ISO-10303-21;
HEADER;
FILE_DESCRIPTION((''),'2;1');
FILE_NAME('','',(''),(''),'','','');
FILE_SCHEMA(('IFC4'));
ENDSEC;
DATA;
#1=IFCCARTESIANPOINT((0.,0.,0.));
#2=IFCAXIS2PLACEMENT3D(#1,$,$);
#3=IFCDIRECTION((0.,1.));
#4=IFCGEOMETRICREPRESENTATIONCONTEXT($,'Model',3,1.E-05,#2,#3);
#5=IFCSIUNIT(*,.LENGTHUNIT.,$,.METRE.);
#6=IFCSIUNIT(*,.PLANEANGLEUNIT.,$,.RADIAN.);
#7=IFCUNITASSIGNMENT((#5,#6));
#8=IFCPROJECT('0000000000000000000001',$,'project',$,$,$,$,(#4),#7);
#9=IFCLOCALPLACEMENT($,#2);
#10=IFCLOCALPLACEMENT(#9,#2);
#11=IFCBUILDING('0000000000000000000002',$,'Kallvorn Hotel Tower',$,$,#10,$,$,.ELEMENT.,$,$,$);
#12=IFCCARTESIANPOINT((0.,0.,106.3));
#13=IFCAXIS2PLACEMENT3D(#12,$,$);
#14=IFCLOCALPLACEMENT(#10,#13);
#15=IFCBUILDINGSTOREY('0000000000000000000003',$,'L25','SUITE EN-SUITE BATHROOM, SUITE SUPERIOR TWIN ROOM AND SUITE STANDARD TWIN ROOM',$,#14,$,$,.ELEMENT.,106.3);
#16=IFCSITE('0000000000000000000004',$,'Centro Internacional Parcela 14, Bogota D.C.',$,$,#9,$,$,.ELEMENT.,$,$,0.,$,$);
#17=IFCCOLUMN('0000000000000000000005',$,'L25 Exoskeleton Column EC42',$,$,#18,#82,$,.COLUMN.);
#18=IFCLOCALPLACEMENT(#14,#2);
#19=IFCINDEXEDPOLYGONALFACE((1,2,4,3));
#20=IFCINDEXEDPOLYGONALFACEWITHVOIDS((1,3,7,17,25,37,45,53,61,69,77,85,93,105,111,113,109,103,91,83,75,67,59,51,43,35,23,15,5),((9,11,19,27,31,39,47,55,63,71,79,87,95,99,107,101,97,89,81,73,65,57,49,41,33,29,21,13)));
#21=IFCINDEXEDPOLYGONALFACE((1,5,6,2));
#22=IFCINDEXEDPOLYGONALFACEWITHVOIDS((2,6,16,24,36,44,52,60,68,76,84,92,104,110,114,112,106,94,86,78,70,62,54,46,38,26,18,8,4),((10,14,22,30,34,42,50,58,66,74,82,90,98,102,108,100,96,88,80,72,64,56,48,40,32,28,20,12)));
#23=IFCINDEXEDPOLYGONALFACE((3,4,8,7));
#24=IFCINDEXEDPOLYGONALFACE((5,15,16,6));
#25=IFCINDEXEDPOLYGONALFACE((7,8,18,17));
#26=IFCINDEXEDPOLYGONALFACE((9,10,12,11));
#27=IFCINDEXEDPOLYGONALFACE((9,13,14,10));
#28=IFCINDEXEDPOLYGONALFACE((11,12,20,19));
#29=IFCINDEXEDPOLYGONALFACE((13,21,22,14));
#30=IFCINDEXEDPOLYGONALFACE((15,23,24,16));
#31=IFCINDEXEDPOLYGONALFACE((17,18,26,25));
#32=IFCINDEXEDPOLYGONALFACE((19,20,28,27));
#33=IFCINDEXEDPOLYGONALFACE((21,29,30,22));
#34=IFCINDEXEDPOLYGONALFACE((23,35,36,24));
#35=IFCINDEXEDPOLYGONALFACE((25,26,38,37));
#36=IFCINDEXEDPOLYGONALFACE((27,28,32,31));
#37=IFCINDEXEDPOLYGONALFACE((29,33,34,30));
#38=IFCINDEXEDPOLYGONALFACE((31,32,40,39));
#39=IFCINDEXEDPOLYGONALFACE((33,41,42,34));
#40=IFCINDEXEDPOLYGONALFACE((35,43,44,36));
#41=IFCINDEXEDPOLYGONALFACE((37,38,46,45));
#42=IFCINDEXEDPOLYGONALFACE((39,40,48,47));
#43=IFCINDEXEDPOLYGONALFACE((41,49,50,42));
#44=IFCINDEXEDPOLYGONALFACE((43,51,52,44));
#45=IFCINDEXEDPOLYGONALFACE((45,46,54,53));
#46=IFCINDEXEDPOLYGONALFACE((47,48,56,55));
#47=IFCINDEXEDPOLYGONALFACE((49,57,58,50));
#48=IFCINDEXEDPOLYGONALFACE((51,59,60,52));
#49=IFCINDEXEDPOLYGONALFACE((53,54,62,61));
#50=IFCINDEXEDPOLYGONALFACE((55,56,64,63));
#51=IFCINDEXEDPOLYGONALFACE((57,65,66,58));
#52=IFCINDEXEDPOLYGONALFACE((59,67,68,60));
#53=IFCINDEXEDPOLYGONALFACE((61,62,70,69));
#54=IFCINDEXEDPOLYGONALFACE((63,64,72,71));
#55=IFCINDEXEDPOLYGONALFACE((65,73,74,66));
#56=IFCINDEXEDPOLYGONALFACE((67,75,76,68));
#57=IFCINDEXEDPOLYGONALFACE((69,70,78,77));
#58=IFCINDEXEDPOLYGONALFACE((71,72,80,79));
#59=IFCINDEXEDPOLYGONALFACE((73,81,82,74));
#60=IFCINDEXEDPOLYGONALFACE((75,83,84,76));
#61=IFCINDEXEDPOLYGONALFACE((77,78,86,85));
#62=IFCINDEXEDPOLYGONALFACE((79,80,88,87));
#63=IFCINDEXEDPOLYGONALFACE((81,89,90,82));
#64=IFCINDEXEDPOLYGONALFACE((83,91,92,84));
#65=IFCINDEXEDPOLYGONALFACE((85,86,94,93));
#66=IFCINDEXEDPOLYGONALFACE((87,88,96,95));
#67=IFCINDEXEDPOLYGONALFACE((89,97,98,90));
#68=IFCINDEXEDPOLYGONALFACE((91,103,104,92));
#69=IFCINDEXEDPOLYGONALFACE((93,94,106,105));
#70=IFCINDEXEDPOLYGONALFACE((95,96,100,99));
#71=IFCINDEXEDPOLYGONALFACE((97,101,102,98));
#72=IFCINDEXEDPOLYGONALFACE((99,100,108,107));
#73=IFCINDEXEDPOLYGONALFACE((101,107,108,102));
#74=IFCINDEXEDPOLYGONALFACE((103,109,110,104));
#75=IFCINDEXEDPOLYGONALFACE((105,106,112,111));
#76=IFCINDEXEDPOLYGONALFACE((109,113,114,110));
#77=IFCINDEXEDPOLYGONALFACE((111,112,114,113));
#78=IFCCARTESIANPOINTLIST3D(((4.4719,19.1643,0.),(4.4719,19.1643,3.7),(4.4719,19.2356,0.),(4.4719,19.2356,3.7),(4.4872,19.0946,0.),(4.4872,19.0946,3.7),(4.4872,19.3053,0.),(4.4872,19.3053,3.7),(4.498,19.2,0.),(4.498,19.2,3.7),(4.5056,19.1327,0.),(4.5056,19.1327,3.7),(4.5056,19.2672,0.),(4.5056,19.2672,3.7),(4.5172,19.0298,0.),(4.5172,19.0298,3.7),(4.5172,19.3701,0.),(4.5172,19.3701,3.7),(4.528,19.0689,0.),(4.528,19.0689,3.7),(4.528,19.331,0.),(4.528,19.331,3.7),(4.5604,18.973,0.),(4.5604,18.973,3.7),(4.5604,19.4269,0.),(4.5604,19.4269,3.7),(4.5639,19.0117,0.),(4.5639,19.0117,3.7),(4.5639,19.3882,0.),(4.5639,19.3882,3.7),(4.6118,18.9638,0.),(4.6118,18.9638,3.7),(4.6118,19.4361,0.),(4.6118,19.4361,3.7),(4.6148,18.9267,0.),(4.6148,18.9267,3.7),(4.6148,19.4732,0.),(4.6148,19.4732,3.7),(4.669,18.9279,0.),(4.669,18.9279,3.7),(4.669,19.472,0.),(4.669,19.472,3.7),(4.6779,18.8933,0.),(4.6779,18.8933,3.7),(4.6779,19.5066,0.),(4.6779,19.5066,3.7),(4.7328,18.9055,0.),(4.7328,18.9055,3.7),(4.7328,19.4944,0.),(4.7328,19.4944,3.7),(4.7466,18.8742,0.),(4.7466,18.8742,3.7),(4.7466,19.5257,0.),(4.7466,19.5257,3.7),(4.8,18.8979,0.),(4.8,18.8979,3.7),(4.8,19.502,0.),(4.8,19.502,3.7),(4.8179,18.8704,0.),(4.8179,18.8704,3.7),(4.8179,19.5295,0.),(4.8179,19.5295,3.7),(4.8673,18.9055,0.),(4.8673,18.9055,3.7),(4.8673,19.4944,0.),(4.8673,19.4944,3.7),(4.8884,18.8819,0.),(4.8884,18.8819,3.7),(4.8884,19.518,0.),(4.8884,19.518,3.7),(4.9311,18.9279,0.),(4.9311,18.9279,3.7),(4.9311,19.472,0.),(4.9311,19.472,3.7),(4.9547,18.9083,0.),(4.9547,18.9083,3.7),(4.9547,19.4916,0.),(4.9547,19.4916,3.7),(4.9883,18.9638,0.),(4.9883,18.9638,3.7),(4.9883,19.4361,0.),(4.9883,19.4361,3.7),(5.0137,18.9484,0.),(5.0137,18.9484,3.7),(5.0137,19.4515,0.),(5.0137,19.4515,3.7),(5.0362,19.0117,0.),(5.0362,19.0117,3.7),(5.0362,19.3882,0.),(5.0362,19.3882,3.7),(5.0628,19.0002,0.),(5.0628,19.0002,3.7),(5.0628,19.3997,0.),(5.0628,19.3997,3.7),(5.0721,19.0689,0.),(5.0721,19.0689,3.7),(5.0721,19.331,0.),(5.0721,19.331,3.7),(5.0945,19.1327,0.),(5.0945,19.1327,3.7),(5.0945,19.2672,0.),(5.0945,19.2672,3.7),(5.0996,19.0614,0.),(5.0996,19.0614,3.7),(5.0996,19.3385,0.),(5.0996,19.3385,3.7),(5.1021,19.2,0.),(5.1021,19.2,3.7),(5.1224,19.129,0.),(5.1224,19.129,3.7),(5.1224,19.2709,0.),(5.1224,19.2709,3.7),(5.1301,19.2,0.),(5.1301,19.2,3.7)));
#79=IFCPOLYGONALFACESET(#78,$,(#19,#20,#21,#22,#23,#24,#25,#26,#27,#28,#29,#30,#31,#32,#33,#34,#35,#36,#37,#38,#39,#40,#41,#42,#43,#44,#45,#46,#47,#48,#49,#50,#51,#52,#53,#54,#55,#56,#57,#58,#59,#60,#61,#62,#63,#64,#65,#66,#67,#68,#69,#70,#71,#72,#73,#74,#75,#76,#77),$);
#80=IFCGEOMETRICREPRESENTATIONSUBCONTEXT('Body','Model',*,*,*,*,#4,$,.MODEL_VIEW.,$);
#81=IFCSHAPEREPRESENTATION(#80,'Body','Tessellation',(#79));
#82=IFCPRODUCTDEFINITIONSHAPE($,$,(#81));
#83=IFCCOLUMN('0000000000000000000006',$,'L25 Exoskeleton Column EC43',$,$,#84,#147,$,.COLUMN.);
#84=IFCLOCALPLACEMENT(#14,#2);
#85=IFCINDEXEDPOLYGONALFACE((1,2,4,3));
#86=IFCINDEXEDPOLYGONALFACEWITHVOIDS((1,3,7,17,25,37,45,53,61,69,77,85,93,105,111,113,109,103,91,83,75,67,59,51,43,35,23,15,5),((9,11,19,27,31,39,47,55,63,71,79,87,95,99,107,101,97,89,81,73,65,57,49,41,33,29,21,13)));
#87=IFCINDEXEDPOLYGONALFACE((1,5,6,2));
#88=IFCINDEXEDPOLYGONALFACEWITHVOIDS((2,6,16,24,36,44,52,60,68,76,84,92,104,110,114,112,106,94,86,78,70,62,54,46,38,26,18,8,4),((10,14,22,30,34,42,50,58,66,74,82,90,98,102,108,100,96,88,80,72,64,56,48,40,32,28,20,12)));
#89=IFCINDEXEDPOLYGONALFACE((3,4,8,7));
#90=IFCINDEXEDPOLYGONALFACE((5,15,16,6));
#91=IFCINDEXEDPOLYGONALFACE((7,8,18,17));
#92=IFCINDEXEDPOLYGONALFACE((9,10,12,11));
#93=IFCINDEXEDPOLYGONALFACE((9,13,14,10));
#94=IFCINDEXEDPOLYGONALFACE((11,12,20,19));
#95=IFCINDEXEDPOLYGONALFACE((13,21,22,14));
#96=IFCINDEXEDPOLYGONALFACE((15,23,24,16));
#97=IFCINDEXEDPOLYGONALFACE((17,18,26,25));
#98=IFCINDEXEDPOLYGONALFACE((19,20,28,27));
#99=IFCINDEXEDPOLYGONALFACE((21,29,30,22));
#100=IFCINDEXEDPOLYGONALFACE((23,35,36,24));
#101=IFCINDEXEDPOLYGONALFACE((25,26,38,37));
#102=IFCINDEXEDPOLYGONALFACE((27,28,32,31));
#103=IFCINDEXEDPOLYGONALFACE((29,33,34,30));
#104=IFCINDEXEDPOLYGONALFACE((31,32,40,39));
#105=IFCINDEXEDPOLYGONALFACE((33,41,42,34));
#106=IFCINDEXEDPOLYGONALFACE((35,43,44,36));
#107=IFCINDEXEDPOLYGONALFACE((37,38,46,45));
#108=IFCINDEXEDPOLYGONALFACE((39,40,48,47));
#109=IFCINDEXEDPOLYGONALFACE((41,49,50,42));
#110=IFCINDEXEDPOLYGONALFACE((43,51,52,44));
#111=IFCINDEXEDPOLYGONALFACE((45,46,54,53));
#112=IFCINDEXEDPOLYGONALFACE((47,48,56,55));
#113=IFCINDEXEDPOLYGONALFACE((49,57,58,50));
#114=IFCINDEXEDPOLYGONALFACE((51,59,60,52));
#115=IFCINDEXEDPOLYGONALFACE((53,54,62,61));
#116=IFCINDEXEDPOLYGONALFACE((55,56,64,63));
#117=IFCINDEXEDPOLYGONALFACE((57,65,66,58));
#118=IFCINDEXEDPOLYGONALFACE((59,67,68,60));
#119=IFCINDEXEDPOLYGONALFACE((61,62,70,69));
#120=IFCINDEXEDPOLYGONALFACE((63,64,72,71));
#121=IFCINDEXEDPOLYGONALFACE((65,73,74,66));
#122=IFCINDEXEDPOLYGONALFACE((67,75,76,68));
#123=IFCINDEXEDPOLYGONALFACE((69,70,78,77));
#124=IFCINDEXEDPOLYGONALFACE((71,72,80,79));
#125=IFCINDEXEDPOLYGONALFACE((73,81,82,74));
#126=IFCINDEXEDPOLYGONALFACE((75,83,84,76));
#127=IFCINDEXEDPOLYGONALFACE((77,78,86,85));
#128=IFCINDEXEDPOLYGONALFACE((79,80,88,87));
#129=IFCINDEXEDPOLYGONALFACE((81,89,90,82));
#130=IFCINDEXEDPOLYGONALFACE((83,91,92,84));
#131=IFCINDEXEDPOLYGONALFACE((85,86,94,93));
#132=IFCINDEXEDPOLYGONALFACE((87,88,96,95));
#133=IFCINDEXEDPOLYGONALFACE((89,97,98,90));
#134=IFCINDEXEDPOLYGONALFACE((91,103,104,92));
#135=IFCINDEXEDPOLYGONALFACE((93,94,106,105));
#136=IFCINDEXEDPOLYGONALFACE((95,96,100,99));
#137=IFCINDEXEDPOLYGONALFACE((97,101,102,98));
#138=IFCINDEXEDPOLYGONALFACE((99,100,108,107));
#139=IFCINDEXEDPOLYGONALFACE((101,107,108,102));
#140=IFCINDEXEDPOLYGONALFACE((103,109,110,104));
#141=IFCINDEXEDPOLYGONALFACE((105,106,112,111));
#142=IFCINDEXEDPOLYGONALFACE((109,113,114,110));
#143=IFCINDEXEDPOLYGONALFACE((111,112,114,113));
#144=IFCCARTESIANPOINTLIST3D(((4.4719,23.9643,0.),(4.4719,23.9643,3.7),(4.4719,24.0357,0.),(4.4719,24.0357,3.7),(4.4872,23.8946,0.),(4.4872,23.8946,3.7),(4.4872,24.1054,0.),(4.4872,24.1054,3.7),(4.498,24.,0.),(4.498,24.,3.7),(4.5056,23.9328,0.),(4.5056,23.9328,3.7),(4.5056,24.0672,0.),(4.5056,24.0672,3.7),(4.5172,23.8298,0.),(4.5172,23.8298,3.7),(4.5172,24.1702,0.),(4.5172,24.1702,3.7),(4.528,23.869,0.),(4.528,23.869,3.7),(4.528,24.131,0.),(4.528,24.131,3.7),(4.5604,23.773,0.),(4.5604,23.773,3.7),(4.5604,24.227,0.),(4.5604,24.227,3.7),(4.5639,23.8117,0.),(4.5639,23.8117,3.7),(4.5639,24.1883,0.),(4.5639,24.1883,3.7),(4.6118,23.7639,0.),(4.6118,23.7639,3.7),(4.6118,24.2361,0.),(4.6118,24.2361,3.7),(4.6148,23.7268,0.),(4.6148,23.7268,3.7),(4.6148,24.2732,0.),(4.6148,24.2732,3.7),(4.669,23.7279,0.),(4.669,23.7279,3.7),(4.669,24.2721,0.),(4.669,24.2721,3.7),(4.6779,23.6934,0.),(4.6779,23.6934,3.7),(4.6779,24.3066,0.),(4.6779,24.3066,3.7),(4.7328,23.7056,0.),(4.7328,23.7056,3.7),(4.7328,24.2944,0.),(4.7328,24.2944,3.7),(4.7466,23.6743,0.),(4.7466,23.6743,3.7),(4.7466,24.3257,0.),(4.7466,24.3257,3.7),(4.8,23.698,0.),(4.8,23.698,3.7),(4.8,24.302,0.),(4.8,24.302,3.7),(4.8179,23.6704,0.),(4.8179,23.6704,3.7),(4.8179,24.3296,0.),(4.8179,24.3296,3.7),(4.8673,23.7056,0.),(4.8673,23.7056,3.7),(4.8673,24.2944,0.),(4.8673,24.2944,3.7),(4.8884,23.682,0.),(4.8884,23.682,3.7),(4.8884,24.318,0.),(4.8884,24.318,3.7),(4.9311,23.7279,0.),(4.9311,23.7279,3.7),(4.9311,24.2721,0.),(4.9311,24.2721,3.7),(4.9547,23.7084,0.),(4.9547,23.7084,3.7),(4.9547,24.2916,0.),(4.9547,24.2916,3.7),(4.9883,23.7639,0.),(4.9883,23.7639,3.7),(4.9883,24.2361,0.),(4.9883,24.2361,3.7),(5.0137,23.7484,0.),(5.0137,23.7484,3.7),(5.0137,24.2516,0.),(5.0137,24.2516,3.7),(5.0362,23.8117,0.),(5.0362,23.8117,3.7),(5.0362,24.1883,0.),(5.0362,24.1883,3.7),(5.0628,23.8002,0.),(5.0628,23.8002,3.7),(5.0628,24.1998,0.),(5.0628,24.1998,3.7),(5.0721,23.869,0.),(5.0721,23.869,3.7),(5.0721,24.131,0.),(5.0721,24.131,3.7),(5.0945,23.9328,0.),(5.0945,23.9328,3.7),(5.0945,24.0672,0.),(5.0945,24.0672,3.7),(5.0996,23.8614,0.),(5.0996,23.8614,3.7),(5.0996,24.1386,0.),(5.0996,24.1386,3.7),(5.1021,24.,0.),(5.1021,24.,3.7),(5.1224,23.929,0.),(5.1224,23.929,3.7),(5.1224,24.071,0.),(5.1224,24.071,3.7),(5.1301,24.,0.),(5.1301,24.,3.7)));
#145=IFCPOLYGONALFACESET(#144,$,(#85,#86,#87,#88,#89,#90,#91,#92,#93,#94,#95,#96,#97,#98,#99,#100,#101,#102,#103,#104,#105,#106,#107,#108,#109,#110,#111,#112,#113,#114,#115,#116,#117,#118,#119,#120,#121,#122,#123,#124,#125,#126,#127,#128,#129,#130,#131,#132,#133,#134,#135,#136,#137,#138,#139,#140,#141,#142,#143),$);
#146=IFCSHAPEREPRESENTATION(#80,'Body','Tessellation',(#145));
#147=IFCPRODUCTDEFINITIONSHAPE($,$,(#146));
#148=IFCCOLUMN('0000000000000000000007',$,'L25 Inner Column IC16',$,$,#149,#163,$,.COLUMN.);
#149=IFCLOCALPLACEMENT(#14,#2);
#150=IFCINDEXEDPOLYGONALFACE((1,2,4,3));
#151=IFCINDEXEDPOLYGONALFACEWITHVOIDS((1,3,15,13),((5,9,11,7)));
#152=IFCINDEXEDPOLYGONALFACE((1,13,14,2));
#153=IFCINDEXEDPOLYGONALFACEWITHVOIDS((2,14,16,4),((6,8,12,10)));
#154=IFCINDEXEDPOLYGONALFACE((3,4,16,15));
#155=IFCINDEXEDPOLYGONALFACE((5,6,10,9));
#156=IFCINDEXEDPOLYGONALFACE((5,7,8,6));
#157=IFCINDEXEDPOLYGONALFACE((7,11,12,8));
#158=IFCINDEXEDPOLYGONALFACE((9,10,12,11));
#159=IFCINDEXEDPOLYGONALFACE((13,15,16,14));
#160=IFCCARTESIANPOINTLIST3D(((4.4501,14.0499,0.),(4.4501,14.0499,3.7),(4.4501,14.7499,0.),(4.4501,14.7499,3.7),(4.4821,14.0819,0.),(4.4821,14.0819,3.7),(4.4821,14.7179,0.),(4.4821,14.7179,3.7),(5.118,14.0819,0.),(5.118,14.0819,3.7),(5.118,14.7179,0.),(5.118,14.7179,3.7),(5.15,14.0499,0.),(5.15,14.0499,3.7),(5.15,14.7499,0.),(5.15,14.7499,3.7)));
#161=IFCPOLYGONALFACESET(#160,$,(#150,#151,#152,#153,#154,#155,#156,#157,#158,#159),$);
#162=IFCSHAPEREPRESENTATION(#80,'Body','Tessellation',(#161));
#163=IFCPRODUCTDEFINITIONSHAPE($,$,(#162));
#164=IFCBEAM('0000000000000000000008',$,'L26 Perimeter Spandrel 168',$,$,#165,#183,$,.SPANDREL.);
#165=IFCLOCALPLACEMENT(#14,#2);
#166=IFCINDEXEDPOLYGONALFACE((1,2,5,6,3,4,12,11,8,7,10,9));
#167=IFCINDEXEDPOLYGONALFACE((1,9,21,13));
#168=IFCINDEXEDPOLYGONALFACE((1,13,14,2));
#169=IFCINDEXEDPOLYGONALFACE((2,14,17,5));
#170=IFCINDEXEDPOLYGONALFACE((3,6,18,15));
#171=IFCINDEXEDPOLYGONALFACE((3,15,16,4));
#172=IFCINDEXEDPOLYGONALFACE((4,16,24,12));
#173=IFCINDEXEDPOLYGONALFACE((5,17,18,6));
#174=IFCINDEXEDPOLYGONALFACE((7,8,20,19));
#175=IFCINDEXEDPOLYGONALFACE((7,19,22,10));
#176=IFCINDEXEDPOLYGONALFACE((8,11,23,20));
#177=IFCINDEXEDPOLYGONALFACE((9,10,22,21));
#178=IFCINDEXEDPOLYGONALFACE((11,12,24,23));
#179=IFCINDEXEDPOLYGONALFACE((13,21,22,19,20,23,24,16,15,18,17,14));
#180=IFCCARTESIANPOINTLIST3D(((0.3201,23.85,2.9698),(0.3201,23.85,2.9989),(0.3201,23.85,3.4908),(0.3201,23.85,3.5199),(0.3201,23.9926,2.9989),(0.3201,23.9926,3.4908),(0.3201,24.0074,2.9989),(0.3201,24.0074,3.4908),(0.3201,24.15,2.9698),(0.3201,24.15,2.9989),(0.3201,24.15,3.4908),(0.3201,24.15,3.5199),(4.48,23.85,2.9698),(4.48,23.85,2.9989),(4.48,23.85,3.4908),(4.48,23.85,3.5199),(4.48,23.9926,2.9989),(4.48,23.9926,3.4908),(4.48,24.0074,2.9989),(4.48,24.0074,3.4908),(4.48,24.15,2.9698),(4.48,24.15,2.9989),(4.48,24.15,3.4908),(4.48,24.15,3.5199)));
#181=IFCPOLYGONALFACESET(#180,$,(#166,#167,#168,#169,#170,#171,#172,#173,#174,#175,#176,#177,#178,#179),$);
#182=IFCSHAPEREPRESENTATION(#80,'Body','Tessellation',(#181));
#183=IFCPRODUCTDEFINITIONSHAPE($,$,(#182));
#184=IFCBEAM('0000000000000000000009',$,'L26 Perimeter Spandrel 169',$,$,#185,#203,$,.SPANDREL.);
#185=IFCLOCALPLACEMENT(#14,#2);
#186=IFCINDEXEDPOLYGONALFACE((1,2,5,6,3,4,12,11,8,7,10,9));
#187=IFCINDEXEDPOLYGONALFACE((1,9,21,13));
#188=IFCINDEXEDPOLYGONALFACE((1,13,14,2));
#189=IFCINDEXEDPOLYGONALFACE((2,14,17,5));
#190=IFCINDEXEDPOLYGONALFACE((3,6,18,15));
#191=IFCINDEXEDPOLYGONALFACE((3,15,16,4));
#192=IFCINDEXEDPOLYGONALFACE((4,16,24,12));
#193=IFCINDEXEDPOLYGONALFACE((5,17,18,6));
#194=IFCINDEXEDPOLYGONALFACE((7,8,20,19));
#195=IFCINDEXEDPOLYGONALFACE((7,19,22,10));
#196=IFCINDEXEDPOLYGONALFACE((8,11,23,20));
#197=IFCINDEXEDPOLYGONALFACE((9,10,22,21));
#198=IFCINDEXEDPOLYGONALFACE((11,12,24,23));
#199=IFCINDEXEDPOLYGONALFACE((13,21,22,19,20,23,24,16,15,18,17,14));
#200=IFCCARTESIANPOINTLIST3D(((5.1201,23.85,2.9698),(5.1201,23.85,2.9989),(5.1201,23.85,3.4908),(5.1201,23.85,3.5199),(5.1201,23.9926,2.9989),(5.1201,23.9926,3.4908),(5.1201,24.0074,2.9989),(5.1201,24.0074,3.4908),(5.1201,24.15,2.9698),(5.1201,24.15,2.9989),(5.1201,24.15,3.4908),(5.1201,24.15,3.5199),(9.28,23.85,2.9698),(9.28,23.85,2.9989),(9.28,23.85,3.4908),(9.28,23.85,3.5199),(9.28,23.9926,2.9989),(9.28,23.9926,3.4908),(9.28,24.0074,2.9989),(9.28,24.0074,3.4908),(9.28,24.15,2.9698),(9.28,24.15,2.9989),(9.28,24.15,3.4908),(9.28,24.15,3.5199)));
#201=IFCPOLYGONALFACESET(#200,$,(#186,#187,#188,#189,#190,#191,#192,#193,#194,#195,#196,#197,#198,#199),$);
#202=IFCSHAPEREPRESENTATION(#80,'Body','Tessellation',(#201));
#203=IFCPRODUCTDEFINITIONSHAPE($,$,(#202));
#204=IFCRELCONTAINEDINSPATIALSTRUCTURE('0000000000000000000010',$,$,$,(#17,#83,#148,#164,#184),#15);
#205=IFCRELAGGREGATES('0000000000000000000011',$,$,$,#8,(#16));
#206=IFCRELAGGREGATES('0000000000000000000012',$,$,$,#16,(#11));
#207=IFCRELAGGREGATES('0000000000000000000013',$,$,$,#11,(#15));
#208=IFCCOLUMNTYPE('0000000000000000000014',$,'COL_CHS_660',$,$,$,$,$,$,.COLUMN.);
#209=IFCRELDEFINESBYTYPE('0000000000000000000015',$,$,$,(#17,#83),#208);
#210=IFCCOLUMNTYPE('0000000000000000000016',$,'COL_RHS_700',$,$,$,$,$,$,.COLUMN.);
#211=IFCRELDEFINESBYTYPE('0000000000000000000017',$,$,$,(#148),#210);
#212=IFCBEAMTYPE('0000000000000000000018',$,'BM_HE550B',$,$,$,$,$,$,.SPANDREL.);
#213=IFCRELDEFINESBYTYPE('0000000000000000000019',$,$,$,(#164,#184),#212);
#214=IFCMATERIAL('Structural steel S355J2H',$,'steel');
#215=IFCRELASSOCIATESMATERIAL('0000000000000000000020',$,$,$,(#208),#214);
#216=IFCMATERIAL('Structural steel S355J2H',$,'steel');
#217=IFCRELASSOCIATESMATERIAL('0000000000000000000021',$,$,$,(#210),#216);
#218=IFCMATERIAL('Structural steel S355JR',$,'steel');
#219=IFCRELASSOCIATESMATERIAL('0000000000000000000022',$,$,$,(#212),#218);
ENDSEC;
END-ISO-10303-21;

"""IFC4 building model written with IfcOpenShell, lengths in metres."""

from ifc_helpers import new_model, si_unit, direction, frame, origin, origin_2d, place, context, subcontext, project, spatial, hollow_rectangle, hollow_circle, i_section, extrude, material, material_profile, profile_set, type_object, element, save


model = new_model("IFC4")

# Units and contexts
model_context = context("Model", 3, precision=1e-05, world=origin(), true_north=direction((0.0, 1.0)))
body_context = subcontext(model_context, "Body", "Model", "MODEL_VIEW")
ifc_project = project(units=[si_unit("LENGTHUNIT", "METRE"), si_unit("PLANEANGLEUNIT", "RADIAN")], contexts=[model_context])

# Site, building, storey
site_placement = place(None, origin())
site = spatial("IfcSite", under=ifc_project, at=site_placement, Name="Centro Internacional Parcela 14, Bogota D.C.", CompositionType="ELEMENT", RefElevation=0.0)
building_placement = place(site_placement, origin())
building = spatial("IfcBuilding", under=site, at=building_placement, Name="Kallvorn Hotel Tower", CompositionType="ELEMENT")
storey_placement = place(building_placement, frame((0.0, 0.0, 106.3)))
storey = spatial("IfcBuildingStorey", under=building, at=storey_placement, Name="L25", Description="SUITE EN-SUITE BATHROOM, SUITE SUPERIOR TWIN ROOM AND SUITE STANDARD TWIN ROOM", CompositionType="ELEMENT", Elevation=106.3)

# Columns
ifc_material_1 = material(Name="Structural steel S355J2H", Category="steel")
ifc_material_profile_1 = material_profile(ifc_material_1, hollow_circle(Radius=0.3301, WallThickness=0.0281, at=origin_2d()), Name="CHS 660x28")
ifc_profile_set_1 = profile_set([ifc_material_profile_1], Name="Structural steel S355J2H")
column_type_1 = type_object("IfcColumnType", Name="COL_CHS_660", PredefinedType="COLUMN", material=ifc_profile_set_1)
for number, where, z_axis, x_axis, name in (
    (1, (4.8, 19.2, 0.0), (0.0, 0.0, 1.0), (1.0, 0.0, 0.0), "L25 Exoskeleton Column EC42"),
    (2, (4.8, 24.0, 0.0), (0.0, 0.0, 1.0), (1.0, 0.0, 0.0), "L25 Exoskeleton Column EC43"),
):
    element("IfcColumn", number, at=place(storey_placement, frame(where, z_axis=z_axis, x_axis=x_axis)), inside=storey, type_object=column_type_1, Name=name, PredefinedType="COLUMN", context=body_context, shape_type="SweptSolid", body=[
        extrude(hollow_circle(Radius=0.3301, WallThickness=0.0281, at=origin_2d()), origin(), (0.0, 0.0, 1.0), 3.7),
    ])
ifc_material_2 = material(Name="Structural steel S355J2H", Category="steel")
ifc_material_profile_2 = material_profile(ifc_material_2, hollow_rectangle(XDim=0.7, YDim=0.7, WallThickness=0.032, at=origin_2d()), Name="RHS 700x700x32")
ifc_profile_set_2 = profile_set([ifc_material_profile_2], Name="Structural steel S355J2H")
column_type_2 = type_object("IfcColumnType", Name="COL_RHS_700", PredefinedType="COLUMN", material=ifc_profile_set_2)
column_placement = place(storey_placement, frame((4.8, 14.3999, 0.0), z_axis=(0.0, 0.0, 1.0), x_axis=(1.0, 0.0, 0.0)))
element("IfcColumn", 3, at=column_placement, inside=storey, type_object=column_type_2, Name="L25 Inner Column IC16", PredefinedType="COLUMN", context=body_context, shape_type="SweptSolid", body=[
    extrude(hollow_rectangle(XDim=0.7, YDim=0.7, WallThickness=0.032, at=origin_2d()), origin(), (0.0, 0.0, 1.0), 3.7),
])

# Beams
ifc_material_3 = material(Name="Structural steel S355JR", Category="steel")
ifc_material_profile_3 = material_profile(ifc_material_3, i_section(OverallWidth=0.3, OverallDepth=0.55, WebThickness=0.0149, FlangeThickness=0.0291, at=origin_2d()), Name="HE 550 B")
ifc_profile_set_3 = profile_set([ifc_material_profile_3], Name="Structural steel S355JR")
beam_type_1 = type_object("IfcBeamType", Name="BM_HE550B", PredefinedType="SPANDREL", material=ifc_profile_set_3)
for number, where, z_axis, x_axis, name in (
    (4, (0.3201, 24.0, 3.2449), (1.0, 0.0, 0.0), (0.0, 1.0, 0.0), "L26 Perimeter Spandrel 168"),
    (5, (5.1201, 24.0, 3.2449), (1.0, 0.0, 0.0), (0.0, 1.0, 0.0), "L26 Perimeter Spandrel 169"),
):
    element("IfcBeam", number, at=place(storey_placement, frame(where, z_axis=z_axis, x_axis=x_axis)), inside=storey, type_object=beam_type_1, Name=name, PredefinedType="SPANDREL", context=body_context, shape_type="SweptSolid", body=[
        extrude(i_section(OverallWidth=0.3, OverallDepth=0.55, WebThickness=0.0149, FlangeThickness=0.0291, at=origin_2d()), origin(), (0.0, 0.0, 1.0), 4.1599),
    ])

save(model, "model.ifc")
